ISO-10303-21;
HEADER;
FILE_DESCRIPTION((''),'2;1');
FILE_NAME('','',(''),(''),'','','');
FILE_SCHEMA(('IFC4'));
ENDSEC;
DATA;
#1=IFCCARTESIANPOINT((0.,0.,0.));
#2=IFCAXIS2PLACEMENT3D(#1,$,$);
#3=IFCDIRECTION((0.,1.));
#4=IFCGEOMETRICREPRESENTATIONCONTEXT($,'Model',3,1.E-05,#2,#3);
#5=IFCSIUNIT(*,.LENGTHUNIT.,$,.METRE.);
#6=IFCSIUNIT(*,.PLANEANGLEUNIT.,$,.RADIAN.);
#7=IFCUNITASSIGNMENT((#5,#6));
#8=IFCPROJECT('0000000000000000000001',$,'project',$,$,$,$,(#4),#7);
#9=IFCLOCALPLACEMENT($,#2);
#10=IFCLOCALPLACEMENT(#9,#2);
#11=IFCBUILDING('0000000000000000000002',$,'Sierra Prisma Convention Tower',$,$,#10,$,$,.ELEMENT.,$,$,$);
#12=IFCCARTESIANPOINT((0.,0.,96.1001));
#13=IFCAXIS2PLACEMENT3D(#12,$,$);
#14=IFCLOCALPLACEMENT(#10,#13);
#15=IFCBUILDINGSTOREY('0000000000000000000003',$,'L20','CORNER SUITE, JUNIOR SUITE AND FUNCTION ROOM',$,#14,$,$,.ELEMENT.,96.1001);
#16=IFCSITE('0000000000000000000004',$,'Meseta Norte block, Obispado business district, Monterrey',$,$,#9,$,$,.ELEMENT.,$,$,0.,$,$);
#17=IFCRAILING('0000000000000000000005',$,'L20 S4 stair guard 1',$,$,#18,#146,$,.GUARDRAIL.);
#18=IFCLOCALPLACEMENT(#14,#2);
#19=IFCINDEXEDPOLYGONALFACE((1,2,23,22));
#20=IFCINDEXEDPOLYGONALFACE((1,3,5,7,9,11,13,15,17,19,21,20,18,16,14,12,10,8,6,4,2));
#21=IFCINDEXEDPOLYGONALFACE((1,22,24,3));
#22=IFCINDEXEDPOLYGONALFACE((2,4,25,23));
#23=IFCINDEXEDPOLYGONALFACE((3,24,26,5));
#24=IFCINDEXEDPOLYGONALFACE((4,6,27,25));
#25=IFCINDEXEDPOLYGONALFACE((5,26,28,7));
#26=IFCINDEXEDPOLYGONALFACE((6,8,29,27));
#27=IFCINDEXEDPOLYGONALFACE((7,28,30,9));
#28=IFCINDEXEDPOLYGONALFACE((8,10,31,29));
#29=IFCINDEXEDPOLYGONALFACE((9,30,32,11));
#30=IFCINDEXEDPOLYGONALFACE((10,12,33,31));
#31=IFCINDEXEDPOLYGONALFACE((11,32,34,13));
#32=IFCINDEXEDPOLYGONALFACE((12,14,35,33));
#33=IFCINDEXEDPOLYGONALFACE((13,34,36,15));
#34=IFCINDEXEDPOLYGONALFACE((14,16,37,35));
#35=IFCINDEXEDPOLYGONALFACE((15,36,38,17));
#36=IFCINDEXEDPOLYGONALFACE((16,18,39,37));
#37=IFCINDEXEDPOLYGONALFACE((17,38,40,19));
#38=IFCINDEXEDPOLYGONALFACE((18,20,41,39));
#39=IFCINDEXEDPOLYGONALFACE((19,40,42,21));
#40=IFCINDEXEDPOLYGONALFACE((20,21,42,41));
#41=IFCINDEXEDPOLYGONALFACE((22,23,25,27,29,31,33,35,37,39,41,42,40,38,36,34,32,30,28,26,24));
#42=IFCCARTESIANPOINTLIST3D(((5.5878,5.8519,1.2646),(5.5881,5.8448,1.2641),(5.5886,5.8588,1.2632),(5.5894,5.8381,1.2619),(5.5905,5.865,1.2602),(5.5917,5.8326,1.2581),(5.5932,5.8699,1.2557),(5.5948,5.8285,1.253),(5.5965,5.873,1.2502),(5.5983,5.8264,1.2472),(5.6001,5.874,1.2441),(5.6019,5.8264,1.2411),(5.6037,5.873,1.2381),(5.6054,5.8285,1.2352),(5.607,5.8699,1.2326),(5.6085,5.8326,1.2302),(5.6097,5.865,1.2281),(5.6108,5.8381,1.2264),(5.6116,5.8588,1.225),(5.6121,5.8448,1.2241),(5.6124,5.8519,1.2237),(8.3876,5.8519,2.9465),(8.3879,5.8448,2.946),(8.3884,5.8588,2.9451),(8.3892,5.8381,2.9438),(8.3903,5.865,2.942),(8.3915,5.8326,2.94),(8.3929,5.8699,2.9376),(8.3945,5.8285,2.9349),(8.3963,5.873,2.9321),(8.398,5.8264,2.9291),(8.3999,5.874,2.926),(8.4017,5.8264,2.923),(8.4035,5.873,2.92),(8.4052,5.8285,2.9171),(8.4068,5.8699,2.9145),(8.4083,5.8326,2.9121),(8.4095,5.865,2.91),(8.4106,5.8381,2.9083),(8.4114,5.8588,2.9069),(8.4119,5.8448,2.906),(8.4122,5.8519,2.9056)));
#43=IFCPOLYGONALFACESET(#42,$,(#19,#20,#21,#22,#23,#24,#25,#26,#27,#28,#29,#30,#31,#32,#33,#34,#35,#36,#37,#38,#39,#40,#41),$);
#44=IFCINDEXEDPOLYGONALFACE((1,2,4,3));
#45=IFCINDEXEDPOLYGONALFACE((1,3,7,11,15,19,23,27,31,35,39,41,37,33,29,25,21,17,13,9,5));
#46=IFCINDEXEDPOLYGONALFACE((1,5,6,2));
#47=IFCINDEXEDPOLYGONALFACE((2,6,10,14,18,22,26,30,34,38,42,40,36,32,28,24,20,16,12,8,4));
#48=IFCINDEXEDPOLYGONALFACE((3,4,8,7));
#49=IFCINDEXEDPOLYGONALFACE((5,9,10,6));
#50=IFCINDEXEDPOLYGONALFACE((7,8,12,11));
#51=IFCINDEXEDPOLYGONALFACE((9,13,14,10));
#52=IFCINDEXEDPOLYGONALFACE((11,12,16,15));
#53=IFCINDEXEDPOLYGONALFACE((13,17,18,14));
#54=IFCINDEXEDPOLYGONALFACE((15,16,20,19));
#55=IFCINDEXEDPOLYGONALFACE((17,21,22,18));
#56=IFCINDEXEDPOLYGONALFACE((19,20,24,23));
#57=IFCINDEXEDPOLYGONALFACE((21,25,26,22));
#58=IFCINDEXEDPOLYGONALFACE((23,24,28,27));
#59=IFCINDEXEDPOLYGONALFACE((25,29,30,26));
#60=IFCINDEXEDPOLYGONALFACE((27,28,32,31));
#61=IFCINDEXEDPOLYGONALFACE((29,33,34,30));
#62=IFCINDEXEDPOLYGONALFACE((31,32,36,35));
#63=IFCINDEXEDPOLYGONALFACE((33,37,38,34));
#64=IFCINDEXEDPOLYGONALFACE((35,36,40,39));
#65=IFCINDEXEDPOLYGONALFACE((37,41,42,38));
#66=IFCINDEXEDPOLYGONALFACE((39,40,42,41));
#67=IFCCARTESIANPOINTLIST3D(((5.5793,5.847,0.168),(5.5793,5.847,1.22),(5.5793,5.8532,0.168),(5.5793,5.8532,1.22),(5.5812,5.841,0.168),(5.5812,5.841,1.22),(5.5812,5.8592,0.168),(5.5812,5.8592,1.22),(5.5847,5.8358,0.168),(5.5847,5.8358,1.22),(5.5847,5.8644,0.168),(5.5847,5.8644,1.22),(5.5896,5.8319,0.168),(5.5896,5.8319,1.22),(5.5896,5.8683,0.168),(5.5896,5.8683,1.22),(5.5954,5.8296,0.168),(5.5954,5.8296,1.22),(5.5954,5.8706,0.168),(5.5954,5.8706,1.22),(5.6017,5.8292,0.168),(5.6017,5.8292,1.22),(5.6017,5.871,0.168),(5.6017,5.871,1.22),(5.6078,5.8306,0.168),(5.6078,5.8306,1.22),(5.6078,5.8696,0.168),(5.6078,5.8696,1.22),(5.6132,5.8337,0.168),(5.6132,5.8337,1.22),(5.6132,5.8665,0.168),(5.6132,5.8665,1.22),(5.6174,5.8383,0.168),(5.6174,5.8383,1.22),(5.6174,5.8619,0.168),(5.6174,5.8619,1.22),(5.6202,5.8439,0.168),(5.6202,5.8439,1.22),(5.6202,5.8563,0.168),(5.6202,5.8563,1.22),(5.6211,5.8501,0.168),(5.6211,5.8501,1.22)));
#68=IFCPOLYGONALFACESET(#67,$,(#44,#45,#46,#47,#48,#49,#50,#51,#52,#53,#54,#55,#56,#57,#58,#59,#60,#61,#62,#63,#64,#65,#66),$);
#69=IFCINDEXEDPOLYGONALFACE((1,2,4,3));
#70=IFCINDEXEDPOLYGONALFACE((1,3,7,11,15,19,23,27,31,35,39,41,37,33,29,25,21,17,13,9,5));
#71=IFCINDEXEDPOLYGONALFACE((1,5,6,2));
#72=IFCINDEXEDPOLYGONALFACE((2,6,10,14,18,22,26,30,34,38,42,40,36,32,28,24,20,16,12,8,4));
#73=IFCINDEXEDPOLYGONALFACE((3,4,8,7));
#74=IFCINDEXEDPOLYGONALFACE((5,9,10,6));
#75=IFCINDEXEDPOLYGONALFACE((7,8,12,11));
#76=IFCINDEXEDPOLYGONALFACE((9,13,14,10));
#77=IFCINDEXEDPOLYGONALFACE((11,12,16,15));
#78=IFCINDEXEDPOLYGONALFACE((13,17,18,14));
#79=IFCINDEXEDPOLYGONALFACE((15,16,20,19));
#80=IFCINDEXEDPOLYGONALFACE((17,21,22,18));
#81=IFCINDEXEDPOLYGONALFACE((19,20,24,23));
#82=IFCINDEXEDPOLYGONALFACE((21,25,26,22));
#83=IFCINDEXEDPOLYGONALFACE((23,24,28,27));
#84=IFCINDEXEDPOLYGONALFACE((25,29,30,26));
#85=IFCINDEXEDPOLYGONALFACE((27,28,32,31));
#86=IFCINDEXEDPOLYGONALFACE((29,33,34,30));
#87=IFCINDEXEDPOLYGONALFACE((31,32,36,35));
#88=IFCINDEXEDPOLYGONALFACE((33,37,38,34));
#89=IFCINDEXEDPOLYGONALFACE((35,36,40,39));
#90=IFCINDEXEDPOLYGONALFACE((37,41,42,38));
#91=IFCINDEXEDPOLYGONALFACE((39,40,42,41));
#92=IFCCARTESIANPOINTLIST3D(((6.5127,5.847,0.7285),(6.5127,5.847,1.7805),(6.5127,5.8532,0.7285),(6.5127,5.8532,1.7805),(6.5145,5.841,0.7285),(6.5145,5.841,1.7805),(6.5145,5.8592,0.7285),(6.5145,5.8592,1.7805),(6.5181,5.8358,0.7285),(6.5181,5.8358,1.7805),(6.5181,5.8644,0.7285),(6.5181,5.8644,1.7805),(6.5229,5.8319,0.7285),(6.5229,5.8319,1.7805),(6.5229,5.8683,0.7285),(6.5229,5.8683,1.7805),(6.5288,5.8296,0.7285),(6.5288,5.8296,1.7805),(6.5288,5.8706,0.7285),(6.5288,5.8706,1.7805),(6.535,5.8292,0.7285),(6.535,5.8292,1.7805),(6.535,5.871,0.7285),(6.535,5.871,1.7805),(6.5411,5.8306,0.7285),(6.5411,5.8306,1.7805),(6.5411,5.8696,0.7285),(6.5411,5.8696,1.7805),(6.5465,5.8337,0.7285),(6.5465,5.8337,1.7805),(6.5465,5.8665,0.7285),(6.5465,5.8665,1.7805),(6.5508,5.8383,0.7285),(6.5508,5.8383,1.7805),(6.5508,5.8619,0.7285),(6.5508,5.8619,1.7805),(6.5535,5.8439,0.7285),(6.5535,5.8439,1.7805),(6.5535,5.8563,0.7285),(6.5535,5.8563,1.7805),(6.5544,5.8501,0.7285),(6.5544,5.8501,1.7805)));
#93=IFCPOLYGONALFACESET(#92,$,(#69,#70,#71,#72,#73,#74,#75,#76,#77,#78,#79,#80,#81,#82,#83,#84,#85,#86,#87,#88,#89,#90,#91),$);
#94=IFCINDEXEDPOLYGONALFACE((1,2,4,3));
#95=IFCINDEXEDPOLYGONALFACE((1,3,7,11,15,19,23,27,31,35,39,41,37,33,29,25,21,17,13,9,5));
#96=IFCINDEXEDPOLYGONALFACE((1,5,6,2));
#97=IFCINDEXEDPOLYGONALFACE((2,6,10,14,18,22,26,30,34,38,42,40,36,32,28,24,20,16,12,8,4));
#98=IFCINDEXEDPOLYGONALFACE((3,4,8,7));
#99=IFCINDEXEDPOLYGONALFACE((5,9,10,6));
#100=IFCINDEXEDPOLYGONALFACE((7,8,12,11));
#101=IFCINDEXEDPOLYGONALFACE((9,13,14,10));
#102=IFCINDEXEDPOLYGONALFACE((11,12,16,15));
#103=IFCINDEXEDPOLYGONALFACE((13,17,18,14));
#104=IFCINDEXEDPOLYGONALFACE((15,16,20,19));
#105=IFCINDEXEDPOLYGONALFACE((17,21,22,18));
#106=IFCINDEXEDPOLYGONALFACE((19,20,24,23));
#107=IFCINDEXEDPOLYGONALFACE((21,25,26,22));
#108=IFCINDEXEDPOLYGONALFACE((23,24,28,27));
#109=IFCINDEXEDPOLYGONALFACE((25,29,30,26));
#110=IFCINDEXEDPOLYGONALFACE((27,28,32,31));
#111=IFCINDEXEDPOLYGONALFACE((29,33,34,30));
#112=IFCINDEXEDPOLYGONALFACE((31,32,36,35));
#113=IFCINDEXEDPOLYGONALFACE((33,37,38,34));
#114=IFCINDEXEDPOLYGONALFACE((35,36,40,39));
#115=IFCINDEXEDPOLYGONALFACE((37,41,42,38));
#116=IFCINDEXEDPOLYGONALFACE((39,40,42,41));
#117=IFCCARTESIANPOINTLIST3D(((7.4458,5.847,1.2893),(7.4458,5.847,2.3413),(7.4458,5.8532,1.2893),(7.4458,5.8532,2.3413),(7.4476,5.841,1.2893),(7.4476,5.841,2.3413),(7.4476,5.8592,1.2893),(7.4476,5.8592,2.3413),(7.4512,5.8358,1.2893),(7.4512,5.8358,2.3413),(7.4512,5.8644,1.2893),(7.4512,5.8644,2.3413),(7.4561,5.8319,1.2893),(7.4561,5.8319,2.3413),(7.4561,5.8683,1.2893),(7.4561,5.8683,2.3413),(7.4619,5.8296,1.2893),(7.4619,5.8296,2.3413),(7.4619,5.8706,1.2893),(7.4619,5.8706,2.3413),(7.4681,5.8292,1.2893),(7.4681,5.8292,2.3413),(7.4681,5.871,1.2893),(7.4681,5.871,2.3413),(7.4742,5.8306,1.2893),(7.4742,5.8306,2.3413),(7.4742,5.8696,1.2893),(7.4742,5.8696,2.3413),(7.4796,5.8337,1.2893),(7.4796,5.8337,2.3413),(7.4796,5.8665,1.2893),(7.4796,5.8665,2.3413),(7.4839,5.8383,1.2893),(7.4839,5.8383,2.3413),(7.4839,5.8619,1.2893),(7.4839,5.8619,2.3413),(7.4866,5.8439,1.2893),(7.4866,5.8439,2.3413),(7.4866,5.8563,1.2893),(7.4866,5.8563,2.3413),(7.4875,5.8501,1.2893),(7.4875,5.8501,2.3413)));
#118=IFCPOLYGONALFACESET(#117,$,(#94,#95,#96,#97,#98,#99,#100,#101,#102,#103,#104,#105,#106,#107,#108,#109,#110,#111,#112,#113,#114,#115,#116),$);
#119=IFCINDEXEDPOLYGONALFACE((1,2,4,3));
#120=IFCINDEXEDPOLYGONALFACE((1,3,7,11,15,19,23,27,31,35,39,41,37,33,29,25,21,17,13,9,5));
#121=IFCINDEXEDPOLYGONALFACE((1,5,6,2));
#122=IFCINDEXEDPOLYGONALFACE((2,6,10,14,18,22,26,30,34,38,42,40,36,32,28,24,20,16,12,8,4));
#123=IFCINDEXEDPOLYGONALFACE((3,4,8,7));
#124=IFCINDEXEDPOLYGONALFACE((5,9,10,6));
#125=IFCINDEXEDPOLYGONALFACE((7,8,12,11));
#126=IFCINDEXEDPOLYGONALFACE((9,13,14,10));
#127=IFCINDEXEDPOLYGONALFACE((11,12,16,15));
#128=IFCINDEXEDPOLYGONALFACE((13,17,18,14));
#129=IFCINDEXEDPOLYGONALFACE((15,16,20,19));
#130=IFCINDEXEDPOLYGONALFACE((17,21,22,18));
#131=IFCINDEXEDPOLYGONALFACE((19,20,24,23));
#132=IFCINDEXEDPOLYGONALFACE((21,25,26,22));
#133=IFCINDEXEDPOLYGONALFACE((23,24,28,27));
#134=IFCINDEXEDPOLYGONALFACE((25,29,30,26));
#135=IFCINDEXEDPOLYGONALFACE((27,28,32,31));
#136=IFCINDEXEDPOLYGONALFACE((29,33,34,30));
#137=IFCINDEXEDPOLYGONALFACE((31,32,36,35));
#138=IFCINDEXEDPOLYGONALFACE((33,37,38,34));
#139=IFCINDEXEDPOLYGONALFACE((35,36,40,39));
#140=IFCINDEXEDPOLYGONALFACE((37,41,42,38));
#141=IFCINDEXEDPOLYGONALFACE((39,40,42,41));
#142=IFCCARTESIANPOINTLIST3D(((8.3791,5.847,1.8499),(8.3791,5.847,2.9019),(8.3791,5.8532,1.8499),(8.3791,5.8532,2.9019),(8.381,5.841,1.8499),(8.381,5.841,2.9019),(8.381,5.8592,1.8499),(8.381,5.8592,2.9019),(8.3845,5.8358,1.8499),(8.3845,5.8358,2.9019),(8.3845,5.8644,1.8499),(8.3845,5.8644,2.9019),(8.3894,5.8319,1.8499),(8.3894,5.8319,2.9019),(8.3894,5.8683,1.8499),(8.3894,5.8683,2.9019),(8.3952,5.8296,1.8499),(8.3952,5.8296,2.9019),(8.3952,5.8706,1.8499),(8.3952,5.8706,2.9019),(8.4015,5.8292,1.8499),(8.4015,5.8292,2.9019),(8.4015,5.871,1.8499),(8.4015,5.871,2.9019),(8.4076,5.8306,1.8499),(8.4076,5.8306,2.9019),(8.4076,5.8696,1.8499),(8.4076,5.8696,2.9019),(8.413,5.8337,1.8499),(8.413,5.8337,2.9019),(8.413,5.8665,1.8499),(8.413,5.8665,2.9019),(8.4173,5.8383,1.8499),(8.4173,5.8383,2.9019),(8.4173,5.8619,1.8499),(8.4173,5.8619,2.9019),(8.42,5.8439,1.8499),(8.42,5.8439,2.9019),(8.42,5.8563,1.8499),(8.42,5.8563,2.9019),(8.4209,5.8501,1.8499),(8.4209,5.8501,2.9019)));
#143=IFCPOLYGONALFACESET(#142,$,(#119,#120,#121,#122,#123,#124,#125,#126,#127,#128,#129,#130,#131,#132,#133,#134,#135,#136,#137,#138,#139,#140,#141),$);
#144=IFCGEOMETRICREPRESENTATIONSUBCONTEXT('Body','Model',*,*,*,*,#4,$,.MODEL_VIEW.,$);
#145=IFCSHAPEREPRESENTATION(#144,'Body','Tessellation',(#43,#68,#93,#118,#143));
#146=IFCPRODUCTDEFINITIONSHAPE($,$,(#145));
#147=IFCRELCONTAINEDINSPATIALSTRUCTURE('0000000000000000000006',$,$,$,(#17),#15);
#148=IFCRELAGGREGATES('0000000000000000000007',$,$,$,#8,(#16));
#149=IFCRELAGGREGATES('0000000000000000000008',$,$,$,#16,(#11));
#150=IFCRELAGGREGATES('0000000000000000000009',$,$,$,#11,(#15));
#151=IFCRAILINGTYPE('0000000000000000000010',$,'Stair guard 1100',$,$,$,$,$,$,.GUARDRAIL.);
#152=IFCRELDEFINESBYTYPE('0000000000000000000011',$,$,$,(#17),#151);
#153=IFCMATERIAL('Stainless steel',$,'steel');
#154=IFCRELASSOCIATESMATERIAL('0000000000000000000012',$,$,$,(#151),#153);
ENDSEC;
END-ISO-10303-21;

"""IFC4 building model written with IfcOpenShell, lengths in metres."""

from ifc_helpers import new_model, si_unit, direction, frame, origin, origin_2d, place, context, subcontext, project, spatial, circle, extrude, material, type_object, element, save


model = new_model("IFC4")

# Units and contexts
model_context = context("Model", 3, precision=1e-05, world=origin(), true_north=direction((0.0, 1.0)))
body_context = subcontext(model_context, "Body", "Model", "MODEL_VIEW")
ifc_project = project(units=[si_unit("LENGTHUNIT", "METRE"), si_unit("PLANEANGLEUNIT", "RADIAN")], contexts=[model_context])

# Site, building, storey
site_placement = place(None, origin())
site = spatial("IfcSite", under=ifc_project, at=site_placement, Name="Meseta Norte block, Obispado business district, Monterrey", CompositionType="ELEMENT", RefElevation=0.0)
building_placement = place(site_placement, origin())
building = spatial("IfcBuilding", under=site, at=building_placement, Name="Sierra Prisma Convention Tower", CompositionType="ELEMENT")
storey_placement = place(building_placement, frame((0.0, 0.0, 96.1001)))
storey = spatial("IfcBuildingStorey", under=building, at=storey_placement, Name="L20", Description="CORNER SUITE, JUNIOR SUITE AND FUNCTION ROOM", CompositionType="ELEMENT", Elevation=96.1001)

# Railing
ifc_material_1 = material(Name="Stainless steel", Category="steel")
railing_type_1 = type_object("IfcRailingType", Name="Stair guard 1100", PredefinedType="GUARDRAIL", material=ifc_material_1)
railing_1_placement = place(storey_placement, frame((5.6001, 5.8501, 0.168)))
element("IfcRailing", 1, at=railing_1_placement, inside=storey, type_object=railing_type_1, Name="L20 S4 stair guard 1", PredefinedType="GUARDRAIL", context=body_context, shape_type="SweptSolid", body=[
    extrude(circle(Radius=0.0239, at=origin_2d()), frame((0.0, 0.0, 1.0762), z_axis=(0.857222, 0.0, 0.514946), x_axis=(0.0, 1.0, 0.0)), (0.0, 0.0, 1.0), 3.2661),
    extrude(circle(Radius=0.021, at=origin_2d()), origin(), (0.0, 0.0, 1.0), 1.052),
    extrude(circle(Radius=0.021, at=origin_2d()), frame((0.9333, 0.0, 0.5605)), (0.0, 0.0, 1.0), 1.052),
    extrude(circle(Radius=0.021, at=origin_2d()), frame((1.8665, 0.0, 1.1213)), (0.0, 0.0, 1.0), 1.052),
    extrude(circle(Radius=0.021, at=origin_2d()), frame((2.7998, 0.0, 1.6819)), (0.0, 0.0, 1.0), 1.052),
])

save(model, "model.ifc")
